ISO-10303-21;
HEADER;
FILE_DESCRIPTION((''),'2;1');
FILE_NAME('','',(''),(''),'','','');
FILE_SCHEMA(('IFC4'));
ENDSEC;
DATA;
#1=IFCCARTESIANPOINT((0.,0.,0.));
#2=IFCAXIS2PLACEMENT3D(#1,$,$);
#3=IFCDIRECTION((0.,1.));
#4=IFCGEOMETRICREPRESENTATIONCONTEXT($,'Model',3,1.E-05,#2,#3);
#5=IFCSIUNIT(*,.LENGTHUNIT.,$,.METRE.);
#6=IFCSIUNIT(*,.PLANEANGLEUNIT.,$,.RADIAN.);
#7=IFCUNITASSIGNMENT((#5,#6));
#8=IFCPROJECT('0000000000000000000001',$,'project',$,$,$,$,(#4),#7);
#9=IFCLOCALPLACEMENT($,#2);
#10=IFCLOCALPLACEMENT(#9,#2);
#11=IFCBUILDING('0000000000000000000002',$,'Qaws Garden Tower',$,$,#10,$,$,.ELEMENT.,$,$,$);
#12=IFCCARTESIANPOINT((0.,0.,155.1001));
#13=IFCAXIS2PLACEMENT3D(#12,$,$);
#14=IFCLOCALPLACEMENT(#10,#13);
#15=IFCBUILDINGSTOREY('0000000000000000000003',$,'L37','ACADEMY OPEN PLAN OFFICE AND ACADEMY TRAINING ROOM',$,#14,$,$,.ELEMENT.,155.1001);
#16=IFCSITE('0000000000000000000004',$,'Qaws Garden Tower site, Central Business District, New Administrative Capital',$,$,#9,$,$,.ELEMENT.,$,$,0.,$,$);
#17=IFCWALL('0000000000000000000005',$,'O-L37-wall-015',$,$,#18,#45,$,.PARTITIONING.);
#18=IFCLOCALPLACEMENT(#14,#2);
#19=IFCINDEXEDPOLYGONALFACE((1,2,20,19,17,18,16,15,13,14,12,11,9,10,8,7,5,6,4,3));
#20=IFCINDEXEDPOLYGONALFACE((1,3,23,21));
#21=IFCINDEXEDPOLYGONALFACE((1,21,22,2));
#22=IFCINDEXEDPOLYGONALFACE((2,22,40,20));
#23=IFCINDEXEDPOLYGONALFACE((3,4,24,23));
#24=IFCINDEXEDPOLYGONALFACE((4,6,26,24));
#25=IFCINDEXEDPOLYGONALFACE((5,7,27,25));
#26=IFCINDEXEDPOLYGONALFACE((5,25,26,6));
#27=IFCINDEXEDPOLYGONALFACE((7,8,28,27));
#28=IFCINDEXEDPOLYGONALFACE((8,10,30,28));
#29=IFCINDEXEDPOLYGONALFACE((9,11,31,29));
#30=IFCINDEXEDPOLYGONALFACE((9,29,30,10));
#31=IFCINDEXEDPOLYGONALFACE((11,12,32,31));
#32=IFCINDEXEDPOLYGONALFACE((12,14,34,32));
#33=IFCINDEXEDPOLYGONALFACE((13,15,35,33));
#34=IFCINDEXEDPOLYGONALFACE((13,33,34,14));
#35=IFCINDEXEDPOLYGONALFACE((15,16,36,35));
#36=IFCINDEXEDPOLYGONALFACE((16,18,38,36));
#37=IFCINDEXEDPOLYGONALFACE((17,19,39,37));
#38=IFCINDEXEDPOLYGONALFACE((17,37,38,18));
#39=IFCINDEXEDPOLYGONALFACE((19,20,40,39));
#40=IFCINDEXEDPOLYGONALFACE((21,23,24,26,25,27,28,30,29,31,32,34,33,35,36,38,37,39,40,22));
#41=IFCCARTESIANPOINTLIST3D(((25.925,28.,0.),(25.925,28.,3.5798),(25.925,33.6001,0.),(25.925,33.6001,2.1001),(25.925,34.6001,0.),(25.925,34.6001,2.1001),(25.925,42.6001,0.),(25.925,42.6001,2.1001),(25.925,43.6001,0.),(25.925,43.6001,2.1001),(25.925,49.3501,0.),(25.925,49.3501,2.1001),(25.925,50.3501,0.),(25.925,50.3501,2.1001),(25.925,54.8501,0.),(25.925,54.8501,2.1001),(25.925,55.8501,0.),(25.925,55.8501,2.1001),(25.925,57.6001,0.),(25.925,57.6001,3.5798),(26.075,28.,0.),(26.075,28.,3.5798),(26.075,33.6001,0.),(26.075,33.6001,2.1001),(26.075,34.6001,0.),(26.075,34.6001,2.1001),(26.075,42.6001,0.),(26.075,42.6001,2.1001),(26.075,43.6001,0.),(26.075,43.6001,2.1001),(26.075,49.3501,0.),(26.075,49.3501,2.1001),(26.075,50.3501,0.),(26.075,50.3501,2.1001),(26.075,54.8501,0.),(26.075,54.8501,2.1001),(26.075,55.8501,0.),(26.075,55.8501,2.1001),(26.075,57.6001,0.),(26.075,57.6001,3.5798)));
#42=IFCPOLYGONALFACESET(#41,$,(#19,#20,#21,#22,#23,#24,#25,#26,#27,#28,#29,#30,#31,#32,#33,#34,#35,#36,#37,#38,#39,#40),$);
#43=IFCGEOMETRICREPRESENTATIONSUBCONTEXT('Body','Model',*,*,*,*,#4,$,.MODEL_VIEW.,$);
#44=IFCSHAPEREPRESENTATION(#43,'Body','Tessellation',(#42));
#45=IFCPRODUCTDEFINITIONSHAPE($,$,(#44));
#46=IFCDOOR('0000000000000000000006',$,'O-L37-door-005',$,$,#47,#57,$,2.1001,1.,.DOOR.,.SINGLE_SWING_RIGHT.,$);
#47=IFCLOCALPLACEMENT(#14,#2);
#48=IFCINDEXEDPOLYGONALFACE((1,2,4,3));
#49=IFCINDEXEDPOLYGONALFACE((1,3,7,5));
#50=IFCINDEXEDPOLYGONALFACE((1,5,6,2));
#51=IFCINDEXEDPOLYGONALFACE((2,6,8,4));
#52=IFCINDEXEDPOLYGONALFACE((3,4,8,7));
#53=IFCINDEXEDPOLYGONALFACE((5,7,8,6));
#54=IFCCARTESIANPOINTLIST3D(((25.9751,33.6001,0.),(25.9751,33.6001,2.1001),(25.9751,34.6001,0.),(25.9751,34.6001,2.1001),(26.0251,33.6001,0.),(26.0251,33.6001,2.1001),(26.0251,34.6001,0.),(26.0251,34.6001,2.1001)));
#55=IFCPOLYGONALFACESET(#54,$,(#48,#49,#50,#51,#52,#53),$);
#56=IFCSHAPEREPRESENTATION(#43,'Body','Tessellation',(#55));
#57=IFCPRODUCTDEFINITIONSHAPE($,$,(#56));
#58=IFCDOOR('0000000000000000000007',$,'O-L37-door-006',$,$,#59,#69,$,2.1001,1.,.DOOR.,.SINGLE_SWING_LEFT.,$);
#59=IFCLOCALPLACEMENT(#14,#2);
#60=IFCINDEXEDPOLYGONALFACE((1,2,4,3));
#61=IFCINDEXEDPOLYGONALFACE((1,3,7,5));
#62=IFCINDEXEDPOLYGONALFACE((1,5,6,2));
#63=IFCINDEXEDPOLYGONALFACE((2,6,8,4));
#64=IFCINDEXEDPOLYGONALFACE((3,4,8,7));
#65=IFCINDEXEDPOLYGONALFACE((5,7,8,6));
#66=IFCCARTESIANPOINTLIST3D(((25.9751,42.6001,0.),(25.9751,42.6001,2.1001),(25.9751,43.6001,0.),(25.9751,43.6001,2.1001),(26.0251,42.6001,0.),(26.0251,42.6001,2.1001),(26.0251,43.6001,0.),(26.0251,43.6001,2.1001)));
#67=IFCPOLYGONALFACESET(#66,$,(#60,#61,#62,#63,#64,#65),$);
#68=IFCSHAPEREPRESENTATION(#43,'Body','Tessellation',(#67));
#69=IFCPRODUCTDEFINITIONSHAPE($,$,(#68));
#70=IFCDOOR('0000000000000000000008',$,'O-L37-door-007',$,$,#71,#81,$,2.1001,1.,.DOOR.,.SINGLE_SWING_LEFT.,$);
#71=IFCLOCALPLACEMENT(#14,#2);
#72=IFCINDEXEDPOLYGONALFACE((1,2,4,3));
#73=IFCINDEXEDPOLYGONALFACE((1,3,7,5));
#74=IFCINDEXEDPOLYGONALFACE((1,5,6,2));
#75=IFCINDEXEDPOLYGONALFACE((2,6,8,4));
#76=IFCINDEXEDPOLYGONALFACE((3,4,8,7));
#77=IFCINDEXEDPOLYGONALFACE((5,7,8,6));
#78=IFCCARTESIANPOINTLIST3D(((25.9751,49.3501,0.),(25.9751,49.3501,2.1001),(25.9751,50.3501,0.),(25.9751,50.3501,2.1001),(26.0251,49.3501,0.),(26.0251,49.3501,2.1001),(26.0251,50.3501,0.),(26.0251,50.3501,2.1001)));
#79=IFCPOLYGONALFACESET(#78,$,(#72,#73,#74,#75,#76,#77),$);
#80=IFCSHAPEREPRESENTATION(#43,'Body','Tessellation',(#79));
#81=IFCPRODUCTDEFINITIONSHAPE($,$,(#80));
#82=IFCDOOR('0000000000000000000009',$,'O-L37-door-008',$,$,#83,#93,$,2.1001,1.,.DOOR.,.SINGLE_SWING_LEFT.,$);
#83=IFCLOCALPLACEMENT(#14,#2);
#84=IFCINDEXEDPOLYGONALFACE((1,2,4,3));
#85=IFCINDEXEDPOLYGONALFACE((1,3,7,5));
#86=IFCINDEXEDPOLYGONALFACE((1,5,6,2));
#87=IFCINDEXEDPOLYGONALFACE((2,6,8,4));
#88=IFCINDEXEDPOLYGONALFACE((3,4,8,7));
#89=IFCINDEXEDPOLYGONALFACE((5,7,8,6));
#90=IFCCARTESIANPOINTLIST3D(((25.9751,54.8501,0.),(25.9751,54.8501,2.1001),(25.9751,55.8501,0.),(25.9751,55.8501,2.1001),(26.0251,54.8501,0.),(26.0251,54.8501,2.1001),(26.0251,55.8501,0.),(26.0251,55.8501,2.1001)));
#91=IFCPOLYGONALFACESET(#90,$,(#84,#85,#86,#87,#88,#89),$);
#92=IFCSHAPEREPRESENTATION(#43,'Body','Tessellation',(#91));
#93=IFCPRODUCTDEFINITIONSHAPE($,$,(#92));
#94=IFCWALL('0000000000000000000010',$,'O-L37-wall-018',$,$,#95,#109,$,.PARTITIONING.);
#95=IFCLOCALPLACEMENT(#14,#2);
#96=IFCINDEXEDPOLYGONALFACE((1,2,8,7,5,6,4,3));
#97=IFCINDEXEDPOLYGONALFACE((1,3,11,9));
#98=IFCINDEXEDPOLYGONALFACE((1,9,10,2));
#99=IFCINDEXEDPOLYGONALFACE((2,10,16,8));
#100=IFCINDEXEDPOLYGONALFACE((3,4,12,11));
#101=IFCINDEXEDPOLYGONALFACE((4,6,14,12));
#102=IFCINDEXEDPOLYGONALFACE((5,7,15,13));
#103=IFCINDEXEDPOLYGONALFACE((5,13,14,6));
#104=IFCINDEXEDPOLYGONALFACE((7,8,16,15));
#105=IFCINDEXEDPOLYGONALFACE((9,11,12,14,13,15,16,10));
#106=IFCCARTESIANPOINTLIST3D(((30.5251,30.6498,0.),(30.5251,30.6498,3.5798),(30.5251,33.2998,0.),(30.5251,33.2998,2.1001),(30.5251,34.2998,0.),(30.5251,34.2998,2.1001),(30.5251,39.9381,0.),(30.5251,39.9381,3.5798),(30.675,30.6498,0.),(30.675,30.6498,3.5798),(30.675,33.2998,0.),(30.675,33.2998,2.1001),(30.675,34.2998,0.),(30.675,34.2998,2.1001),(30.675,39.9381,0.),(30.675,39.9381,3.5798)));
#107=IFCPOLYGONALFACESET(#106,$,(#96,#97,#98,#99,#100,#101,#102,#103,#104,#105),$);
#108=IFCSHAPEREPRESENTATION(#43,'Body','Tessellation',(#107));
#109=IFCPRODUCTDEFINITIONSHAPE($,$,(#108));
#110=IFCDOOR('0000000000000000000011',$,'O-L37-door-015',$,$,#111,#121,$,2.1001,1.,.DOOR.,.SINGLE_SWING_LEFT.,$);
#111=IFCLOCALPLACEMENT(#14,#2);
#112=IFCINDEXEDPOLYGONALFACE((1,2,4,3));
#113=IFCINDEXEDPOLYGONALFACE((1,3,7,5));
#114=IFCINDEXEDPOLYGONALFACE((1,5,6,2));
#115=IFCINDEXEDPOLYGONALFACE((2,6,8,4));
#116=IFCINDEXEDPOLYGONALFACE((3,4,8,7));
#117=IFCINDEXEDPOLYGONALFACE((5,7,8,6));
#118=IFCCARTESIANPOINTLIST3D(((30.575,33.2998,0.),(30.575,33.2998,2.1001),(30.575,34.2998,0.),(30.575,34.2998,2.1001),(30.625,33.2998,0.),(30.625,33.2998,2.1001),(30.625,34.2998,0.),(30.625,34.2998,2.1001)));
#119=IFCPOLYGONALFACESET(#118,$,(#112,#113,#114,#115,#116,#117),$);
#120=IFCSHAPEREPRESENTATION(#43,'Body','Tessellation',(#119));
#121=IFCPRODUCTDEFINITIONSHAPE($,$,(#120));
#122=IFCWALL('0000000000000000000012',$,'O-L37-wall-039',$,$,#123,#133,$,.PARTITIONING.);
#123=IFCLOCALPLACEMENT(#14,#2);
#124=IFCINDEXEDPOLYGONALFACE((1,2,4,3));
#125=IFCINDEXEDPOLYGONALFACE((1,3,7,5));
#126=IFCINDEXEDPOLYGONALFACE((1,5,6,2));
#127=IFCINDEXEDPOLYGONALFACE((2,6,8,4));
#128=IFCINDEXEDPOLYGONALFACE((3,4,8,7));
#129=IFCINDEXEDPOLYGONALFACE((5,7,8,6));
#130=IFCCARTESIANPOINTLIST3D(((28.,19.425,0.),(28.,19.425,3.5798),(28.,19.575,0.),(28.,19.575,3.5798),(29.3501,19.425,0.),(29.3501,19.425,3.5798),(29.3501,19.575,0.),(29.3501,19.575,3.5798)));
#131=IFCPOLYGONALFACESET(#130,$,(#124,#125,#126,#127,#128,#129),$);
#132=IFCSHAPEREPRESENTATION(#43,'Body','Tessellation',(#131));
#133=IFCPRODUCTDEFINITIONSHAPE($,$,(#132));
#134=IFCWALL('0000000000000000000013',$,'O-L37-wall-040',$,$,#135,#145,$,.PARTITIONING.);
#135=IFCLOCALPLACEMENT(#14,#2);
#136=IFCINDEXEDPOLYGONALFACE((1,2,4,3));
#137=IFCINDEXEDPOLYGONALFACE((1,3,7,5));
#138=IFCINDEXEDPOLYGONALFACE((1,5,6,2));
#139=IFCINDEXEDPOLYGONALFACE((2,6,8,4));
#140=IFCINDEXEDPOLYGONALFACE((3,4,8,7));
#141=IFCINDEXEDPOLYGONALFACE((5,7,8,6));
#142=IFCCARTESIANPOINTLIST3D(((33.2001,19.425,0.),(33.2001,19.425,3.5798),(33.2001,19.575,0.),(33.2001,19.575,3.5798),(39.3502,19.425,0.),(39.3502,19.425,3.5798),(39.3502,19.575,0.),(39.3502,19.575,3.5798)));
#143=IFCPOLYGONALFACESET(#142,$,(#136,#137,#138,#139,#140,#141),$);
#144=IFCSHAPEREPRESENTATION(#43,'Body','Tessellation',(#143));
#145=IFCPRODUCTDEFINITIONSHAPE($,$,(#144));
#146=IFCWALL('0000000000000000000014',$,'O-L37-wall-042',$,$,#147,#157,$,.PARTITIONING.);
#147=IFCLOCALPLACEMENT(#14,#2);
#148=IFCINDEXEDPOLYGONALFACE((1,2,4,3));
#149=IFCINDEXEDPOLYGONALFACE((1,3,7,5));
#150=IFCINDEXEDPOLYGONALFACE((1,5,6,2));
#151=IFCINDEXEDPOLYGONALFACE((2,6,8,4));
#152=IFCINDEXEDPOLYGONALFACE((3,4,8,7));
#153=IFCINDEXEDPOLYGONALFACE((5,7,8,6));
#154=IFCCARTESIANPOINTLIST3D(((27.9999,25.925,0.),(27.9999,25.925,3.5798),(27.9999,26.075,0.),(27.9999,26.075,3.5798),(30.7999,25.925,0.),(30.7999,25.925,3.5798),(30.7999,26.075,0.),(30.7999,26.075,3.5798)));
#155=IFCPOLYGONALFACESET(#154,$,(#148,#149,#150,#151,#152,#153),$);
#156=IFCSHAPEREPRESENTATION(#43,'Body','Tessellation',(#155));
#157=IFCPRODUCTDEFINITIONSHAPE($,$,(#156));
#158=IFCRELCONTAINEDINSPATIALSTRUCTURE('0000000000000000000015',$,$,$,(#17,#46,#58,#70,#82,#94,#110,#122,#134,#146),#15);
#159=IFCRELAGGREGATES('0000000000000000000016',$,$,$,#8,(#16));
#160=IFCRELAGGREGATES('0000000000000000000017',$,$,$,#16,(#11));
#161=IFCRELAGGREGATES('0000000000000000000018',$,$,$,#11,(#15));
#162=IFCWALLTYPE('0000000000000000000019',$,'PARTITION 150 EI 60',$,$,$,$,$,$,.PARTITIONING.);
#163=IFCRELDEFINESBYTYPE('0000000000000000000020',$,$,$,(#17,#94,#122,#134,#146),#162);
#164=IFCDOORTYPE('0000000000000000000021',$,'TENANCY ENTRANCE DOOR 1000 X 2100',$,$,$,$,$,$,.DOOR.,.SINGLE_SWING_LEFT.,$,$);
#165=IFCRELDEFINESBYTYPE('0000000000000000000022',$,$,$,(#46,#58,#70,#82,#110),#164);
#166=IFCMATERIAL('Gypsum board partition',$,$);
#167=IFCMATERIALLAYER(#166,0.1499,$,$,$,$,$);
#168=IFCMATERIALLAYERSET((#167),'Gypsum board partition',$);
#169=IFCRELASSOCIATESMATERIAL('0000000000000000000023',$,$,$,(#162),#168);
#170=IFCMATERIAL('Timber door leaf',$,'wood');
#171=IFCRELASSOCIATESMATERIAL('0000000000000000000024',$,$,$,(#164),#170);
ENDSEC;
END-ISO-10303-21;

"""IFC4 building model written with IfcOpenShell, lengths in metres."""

from ifc_helpers import new_model, si_unit, direction, frame, frame_2d, origin, place, context, subcontext, project, spatial, rectangle, extrude, material, layer, layer_set, type_object, element, fill, save


model = new_model("IFC4")

# Units and contexts
model_context = context("Model", 3, precision=1e-05, world=origin(), true_north=direction((0.0, 1.0)))
body_context = subcontext(model_context, "Body", "Model", "MODEL_VIEW")
ifc_project = project(units=[si_unit("LENGTHUNIT", "METRE"), si_unit("PLANEANGLEUNIT", "RADIAN")], contexts=[model_context])

# Site, building, storey
site_placement = place(None, origin())
site = spatial("IfcSite", under=ifc_project, at=site_placement, Name="Qaws Garden Tower site, Central Business District, New Administrative Capital", CompositionType="ELEMENT", RefElevation=0.0)
building_placement = place(site_placement, origin())
building = spatial("IfcBuilding", under=site, at=building_placement, Name="Qaws Garden Tower", CompositionType="ELEMENT")
storey_placement = place(building_placement, frame((0.0, 0.0, 155.1001)))
storey = spatial("IfcBuildingStorey", under=building, at=storey_placement, Name="L37", Description="ACADEMY OPEN PLAN OFFICE AND ACADEMY TRAINING ROOM", CompositionType="ELEMENT", Elevation=155.1001)

# Shared definitions
ifc_material_1 = material(Name="Gypsum board partition")
ifc_layer_1 = layer(ifc_material_1, 0.1499)
ifc_layer_set_1 = layer_set([ifc_layer_1], Name="Gypsum board partition")
wall_type_1 = type_object("IfcWallType", Name="PARTITION 150 EI 60", PredefinedType="PARTITIONING", material=ifc_layer_set_1)

# Wall, openings, doors
wall_1_placement = place(storey_placement, frame((26.0, 28.0, 0.0), z_axis=(0.0, 0.0, 1.0), x_axis=(0.0, 1.0, 0.0)))
wall_1 = element("IfcWall", 1, at=wall_1_placement, inside=storey, type_object=wall_type_1, Name="O-L37-wall-015", PredefinedType="PARTITIONING", context=body_context, shape_type="SweptSolid", body=[
    extrude(rectangle(XDim=29.6001, YDim=0.1499, at=frame_2d((14.8, 0.0))), origin(), (0.0, 0.0, 1.0), 3.5798),
])
opening_1_placement = place(wall_1_placement, frame((5.6001, 0.0, 0.0)))
opening_1 = element("IfcOpeningElement", 2, at=opening_1_placement, cuts=wall_1, PredefinedType="OPENING", context=body_context, shape_type="SweptSolid", body=[
    extrude(rectangle(XDim=1.0, YDim=2.1001, at=frame_2d((0.5, 1.05))), frame((0.0, 0.085, 0.0), z_axis=(0.0, -1.0, 0.0), x_axis=(1.0, 0.0, 0.0)), (0.0, 0.0, 1.0), 0.1699),
])
opening_2_placement = place(wall_1_placement, frame((14.6001, 0.0, 0.0)))
opening_2 = element("IfcOpeningElement", 3, at=opening_2_placement, cuts=wall_1, PredefinedType="OPENING", context=body_context, shape_type="SweptSolid", body=[
    extrude(rectangle(XDim=1.0, YDim=2.1001, at=frame_2d((0.5, 1.05))), frame((0.0, 0.085, 0.0), z_axis=(0.0, -1.0, 0.0), x_axis=(1.0, 0.0, 0.0)), (0.0, 0.0, 1.0), 0.1699),
])
opening_3_placement = place(wall_1_placement, frame((21.3501, 0.0, 0.0)))
opening_3 = element("IfcOpeningElement", 4, at=opening_3_placement, cuts=wall_1, PredefinedType="OPENING", context=body_context, shape_type="SweptSolid", body=[
    extrude(rectangle(XDim=1.0, YDim=2.1001, at=frame_2d((0.5, 1.05))), frame((0.0, 0.085, 0.0), z_axis=(0.0, -1.0, 0.0), x_axis=(1.0, 0.0, 0.0)), (0.0, 0.0, 1.0), 0.1699),
])
opening_4_placement = place(wall_1_placement, frame((26.8501, 0.0, 0.0)))
opening_4 = element("IfcOpeningElement", 5, at=opening_4_placement, cuts=wall_1, PredefinedType="OPENING", context=body_context, shape_type="SweptSolid", body=[
    extrude(rectangle(XDim=1.0, YDim=2.1001, at=frame_2d((0.5, 1.05))), frame((0.0, 0.085, 0.0), z_axis=(0.0, -1.0, 0.0), x_axis=(1.0, 0.0, 0.0)), (0.0, 0.0, 1.0), 0.1699),
])
ifc_material_2 = material(Name="Timber door leaf", Category="wood")
door_type_1 = type_object("IfcDoorType", Name="TENANCY ENTRANCE DOOR 1000 X 2100", OperationType="SINGLE_SWING_LEFT", PredefinedType="DOOR", material=ifc_material_2)
door_1_placement = place(opening_1_placement, origin())
door_1 = element("IfcDoor", 6, at=door_1_placement, inside=storey, type_object=door_type_1, Name="O-L37-door-005", OperationType="SINGLE_SWING_RIGHT", OverallHeight=2.1001, OverallWidth=1.0, PredefinedType="DOOR", context=body_context, shape_type="SweptSolid", body=[
    extrude(rectangle(XDim=1.0, YDim=2.1001, at=frame_2d((0.5, 1.05))), frame((0.0, 0.0249, 0.0), z_axis=(0.0, -1.0, 0.0), x_axis=(1.0, 0.0, 0.0)), (0.0, 0.0, 1.0), 0.05),
])
fill(opening_1, door_1)
door_2_placement = place(opening_2_placement, origin())
door_2 = element("IfcDoor", 7, at=door_2_placement, inside=storey, type_object=door_type_1, Name="O-L37-door-006", OperationType="SINGLE_SWING_LEFT", OverallHeight=2.1001, OverallWidth=1.0, PredefinedType="DOOR", context=body_context, shape_type="SweptSolid", body=[
    extrude(rectangle(XDim=1.0, YDim=2.1001, at=frame_2d((0.5, 1.05))), frame((0.0, 0.0249, 0.0), z_axis=(0.0, -1.0, 0.0), x_axis=(1.0, 0.0, 0.0)), (0.0, 0.0, 1.0), 0.05),
])
fill(opening_2, door_2)
door_3_placement = place(opening_3_placement, origin())
door_3 = element("IfcDoor", 8, at=door_3_placement, inside=storey, type_object=door_type_1, Name="O-L37-door-007", OperationType="SINGLE_SWING_LEFT", OverallHeight=2.1001, OverallWidth=1.0, PredefinedType="DOOR", context=body_context, shape_type="SweptSolid", body=[
    extrude(rectangle(XDim=1.0, YDim=2.1001, at=frame_2d((0.5, 1.05))), frame((0.0, 0.0249, 0.0), z_axis=(0.0, -1.0, 0.0), x_axis=(1.0, 0.0, 0.0)), (0.0, 0.0, 1.0), 0.05),
])
fill(opening_3, door_3)
door_4_placement = place(opening_4_placement, origin())
door_4 = element("IfcDoor", 9, at=door_4_placement, inside=storey, type_object=door_type_1, Name="O-L37-door-008", OperationType="SINGLE_SWING_LEFT", OverallHeight=2.1001, OverallWidth=1.0, PredefinedType="DOOR", context=body_context, shape_type="SweptSolid", body=[
    extrude(rectangle(XDim=1.0, YDim=2.1001, at=frame_2d((0.5, 1.05))), frame((0.0, 0.0249, 0.0), z_axis=(0.0, -1.0, 0.0), x_axis=(1.0, 0.0, 0.0)), (0.0, 0.0, 1.0), 0.05),
])
fill(opening_4, door_4)

# Wall, opening, door
wall_2_placement = place(storey_placement, frame((30.6001, 30.6499, 0.0), z_axis=(0.0, 0.0, 1.0), x_axis=(0.0, 1.0, 0.0)))
wall_2 = element("IfcWall", 10, at=wall_2_placement, inside=storey, type_object=wall_type_1, Name="O-L37-wall-018", PredefinedType="PARTITIONING", context=body_context, shape_type="SweptSolid", body=[
    extrude(rectangle(XDim=9.2883, YDim=0.1499, at=frame_2d((4.644, 0.0))), origin(), (0.0, 0.0, 1.0), 3.5798),
])
opening_5_placement = place(wall_2_placement, frame((2.6499, 0.0, 0.0)))
opening_5 = element("IfcOpeningElement", 11, at=opening_5_placement, cuts=wall_2, PredefinedType="OPENING", context=body_context, shape_type="SweptSolid", body=[
    extrude(rectangle(XDim=1.0, YDim=2.1001, at=frame_2d((0.5, 1.05))), frame((0.0, 0.085, 0.0), z_axis=(0.0, -1.0, 0.0), x_axis=(1.0, 0.0, 0.0)), (0.0, 0.0, 1.0), 0.1699),
])
door_5_placement = place(opening_5_placement, frame((1.0, 0.0, 0.0), z_axis=(0.0, 0.0, 1.0), x_axis=(-1.0, 0.0, 0.0)))
door_5 = element("IfcDoor", 12, at=door_5_placement, inside=storey, type_object=door_type_1, Name="O-L37-door-015", OperationType="SINGLE_SWING_LEFT", OverallHeight=2.1001, OverallWidth=1.0, PredefinedType="DOOR", context=body_context, shape_type="SweptSolid", body=[
    extrude(rectangle(XDim=1.0, YDim=2.1001, at=frame_2d((0.5, 1.05))), frame((0.0, 0.0249, 0.0), z_axis=(0.0, -1.0, 0.0), x_axis=(1.0, 0.0, 0.0)), (0.0, 0.0, 1.0), 0.05),
])
fill(opening_5, door_5)

# Walls
wall_3_placement = place(storey_placement, frame((28.0, 19.5, 0.0), z_axis=(0.0, 0.0, 1.0), x_axis=(1.0, 0.0, 0.0)))
element("IfcWall", 13, at=wall_3_placement, inside=storey, type_object=wall_type_1, Name="O-L37-wall-039", PredefinedType="PARTITIONING", context=body_context, shape_type="SweptSolid", body=[
    extrude(rectangle(XDim=1.3501, YDim=0.1499, at=frame_2d((0.675, 0.0))), origin(), (0.0, 0.0, 1.0), 3.5798),
])
wall_4_placement = place(storey_placement, frame((33.2, 19.5, 0.0), z_axis=(0.0, 0.0, 1.0), x_axis=(1.0, 0.0, 0.0)))
element("IfcWall", 14, at=wall_4_placement, inside=storey, type_object=wall_type_1, Name="O-L37-wall-040", PredefinedType="PARTITIONING", context=body_context, shape_type="SweptSolid", body=[
    extrude(rectangle(XDim=6.1501, YDim=0.1499, at=frame_2d((3.0752, 0.0))), origin(), (0.0, 0.0, 1.0), 3.5798),
])
wall_5_placement = place(storey_placement, frame((28.0, 26.0, 0.0), z_axis=(0.0, 0.0, 1.0), x_axis=(1.0, 0.0, 0.0)))
element("IfcWall", 15, at=wall_5_placement, inside=storey, type_object=wall_type_1, Name="O-L37-wall-042", PredefinedType="PARTITIONING", context=body_context, shape_type="SweptSolid", body=[
    extrude(rectangle(XDim=2.8, YDim=0.1499, at=frame_2d((1.3999, 0.0))), origin(), (0.0, 0.0, 1.0), 3.5798),
])

save(model, "model.ifc")
